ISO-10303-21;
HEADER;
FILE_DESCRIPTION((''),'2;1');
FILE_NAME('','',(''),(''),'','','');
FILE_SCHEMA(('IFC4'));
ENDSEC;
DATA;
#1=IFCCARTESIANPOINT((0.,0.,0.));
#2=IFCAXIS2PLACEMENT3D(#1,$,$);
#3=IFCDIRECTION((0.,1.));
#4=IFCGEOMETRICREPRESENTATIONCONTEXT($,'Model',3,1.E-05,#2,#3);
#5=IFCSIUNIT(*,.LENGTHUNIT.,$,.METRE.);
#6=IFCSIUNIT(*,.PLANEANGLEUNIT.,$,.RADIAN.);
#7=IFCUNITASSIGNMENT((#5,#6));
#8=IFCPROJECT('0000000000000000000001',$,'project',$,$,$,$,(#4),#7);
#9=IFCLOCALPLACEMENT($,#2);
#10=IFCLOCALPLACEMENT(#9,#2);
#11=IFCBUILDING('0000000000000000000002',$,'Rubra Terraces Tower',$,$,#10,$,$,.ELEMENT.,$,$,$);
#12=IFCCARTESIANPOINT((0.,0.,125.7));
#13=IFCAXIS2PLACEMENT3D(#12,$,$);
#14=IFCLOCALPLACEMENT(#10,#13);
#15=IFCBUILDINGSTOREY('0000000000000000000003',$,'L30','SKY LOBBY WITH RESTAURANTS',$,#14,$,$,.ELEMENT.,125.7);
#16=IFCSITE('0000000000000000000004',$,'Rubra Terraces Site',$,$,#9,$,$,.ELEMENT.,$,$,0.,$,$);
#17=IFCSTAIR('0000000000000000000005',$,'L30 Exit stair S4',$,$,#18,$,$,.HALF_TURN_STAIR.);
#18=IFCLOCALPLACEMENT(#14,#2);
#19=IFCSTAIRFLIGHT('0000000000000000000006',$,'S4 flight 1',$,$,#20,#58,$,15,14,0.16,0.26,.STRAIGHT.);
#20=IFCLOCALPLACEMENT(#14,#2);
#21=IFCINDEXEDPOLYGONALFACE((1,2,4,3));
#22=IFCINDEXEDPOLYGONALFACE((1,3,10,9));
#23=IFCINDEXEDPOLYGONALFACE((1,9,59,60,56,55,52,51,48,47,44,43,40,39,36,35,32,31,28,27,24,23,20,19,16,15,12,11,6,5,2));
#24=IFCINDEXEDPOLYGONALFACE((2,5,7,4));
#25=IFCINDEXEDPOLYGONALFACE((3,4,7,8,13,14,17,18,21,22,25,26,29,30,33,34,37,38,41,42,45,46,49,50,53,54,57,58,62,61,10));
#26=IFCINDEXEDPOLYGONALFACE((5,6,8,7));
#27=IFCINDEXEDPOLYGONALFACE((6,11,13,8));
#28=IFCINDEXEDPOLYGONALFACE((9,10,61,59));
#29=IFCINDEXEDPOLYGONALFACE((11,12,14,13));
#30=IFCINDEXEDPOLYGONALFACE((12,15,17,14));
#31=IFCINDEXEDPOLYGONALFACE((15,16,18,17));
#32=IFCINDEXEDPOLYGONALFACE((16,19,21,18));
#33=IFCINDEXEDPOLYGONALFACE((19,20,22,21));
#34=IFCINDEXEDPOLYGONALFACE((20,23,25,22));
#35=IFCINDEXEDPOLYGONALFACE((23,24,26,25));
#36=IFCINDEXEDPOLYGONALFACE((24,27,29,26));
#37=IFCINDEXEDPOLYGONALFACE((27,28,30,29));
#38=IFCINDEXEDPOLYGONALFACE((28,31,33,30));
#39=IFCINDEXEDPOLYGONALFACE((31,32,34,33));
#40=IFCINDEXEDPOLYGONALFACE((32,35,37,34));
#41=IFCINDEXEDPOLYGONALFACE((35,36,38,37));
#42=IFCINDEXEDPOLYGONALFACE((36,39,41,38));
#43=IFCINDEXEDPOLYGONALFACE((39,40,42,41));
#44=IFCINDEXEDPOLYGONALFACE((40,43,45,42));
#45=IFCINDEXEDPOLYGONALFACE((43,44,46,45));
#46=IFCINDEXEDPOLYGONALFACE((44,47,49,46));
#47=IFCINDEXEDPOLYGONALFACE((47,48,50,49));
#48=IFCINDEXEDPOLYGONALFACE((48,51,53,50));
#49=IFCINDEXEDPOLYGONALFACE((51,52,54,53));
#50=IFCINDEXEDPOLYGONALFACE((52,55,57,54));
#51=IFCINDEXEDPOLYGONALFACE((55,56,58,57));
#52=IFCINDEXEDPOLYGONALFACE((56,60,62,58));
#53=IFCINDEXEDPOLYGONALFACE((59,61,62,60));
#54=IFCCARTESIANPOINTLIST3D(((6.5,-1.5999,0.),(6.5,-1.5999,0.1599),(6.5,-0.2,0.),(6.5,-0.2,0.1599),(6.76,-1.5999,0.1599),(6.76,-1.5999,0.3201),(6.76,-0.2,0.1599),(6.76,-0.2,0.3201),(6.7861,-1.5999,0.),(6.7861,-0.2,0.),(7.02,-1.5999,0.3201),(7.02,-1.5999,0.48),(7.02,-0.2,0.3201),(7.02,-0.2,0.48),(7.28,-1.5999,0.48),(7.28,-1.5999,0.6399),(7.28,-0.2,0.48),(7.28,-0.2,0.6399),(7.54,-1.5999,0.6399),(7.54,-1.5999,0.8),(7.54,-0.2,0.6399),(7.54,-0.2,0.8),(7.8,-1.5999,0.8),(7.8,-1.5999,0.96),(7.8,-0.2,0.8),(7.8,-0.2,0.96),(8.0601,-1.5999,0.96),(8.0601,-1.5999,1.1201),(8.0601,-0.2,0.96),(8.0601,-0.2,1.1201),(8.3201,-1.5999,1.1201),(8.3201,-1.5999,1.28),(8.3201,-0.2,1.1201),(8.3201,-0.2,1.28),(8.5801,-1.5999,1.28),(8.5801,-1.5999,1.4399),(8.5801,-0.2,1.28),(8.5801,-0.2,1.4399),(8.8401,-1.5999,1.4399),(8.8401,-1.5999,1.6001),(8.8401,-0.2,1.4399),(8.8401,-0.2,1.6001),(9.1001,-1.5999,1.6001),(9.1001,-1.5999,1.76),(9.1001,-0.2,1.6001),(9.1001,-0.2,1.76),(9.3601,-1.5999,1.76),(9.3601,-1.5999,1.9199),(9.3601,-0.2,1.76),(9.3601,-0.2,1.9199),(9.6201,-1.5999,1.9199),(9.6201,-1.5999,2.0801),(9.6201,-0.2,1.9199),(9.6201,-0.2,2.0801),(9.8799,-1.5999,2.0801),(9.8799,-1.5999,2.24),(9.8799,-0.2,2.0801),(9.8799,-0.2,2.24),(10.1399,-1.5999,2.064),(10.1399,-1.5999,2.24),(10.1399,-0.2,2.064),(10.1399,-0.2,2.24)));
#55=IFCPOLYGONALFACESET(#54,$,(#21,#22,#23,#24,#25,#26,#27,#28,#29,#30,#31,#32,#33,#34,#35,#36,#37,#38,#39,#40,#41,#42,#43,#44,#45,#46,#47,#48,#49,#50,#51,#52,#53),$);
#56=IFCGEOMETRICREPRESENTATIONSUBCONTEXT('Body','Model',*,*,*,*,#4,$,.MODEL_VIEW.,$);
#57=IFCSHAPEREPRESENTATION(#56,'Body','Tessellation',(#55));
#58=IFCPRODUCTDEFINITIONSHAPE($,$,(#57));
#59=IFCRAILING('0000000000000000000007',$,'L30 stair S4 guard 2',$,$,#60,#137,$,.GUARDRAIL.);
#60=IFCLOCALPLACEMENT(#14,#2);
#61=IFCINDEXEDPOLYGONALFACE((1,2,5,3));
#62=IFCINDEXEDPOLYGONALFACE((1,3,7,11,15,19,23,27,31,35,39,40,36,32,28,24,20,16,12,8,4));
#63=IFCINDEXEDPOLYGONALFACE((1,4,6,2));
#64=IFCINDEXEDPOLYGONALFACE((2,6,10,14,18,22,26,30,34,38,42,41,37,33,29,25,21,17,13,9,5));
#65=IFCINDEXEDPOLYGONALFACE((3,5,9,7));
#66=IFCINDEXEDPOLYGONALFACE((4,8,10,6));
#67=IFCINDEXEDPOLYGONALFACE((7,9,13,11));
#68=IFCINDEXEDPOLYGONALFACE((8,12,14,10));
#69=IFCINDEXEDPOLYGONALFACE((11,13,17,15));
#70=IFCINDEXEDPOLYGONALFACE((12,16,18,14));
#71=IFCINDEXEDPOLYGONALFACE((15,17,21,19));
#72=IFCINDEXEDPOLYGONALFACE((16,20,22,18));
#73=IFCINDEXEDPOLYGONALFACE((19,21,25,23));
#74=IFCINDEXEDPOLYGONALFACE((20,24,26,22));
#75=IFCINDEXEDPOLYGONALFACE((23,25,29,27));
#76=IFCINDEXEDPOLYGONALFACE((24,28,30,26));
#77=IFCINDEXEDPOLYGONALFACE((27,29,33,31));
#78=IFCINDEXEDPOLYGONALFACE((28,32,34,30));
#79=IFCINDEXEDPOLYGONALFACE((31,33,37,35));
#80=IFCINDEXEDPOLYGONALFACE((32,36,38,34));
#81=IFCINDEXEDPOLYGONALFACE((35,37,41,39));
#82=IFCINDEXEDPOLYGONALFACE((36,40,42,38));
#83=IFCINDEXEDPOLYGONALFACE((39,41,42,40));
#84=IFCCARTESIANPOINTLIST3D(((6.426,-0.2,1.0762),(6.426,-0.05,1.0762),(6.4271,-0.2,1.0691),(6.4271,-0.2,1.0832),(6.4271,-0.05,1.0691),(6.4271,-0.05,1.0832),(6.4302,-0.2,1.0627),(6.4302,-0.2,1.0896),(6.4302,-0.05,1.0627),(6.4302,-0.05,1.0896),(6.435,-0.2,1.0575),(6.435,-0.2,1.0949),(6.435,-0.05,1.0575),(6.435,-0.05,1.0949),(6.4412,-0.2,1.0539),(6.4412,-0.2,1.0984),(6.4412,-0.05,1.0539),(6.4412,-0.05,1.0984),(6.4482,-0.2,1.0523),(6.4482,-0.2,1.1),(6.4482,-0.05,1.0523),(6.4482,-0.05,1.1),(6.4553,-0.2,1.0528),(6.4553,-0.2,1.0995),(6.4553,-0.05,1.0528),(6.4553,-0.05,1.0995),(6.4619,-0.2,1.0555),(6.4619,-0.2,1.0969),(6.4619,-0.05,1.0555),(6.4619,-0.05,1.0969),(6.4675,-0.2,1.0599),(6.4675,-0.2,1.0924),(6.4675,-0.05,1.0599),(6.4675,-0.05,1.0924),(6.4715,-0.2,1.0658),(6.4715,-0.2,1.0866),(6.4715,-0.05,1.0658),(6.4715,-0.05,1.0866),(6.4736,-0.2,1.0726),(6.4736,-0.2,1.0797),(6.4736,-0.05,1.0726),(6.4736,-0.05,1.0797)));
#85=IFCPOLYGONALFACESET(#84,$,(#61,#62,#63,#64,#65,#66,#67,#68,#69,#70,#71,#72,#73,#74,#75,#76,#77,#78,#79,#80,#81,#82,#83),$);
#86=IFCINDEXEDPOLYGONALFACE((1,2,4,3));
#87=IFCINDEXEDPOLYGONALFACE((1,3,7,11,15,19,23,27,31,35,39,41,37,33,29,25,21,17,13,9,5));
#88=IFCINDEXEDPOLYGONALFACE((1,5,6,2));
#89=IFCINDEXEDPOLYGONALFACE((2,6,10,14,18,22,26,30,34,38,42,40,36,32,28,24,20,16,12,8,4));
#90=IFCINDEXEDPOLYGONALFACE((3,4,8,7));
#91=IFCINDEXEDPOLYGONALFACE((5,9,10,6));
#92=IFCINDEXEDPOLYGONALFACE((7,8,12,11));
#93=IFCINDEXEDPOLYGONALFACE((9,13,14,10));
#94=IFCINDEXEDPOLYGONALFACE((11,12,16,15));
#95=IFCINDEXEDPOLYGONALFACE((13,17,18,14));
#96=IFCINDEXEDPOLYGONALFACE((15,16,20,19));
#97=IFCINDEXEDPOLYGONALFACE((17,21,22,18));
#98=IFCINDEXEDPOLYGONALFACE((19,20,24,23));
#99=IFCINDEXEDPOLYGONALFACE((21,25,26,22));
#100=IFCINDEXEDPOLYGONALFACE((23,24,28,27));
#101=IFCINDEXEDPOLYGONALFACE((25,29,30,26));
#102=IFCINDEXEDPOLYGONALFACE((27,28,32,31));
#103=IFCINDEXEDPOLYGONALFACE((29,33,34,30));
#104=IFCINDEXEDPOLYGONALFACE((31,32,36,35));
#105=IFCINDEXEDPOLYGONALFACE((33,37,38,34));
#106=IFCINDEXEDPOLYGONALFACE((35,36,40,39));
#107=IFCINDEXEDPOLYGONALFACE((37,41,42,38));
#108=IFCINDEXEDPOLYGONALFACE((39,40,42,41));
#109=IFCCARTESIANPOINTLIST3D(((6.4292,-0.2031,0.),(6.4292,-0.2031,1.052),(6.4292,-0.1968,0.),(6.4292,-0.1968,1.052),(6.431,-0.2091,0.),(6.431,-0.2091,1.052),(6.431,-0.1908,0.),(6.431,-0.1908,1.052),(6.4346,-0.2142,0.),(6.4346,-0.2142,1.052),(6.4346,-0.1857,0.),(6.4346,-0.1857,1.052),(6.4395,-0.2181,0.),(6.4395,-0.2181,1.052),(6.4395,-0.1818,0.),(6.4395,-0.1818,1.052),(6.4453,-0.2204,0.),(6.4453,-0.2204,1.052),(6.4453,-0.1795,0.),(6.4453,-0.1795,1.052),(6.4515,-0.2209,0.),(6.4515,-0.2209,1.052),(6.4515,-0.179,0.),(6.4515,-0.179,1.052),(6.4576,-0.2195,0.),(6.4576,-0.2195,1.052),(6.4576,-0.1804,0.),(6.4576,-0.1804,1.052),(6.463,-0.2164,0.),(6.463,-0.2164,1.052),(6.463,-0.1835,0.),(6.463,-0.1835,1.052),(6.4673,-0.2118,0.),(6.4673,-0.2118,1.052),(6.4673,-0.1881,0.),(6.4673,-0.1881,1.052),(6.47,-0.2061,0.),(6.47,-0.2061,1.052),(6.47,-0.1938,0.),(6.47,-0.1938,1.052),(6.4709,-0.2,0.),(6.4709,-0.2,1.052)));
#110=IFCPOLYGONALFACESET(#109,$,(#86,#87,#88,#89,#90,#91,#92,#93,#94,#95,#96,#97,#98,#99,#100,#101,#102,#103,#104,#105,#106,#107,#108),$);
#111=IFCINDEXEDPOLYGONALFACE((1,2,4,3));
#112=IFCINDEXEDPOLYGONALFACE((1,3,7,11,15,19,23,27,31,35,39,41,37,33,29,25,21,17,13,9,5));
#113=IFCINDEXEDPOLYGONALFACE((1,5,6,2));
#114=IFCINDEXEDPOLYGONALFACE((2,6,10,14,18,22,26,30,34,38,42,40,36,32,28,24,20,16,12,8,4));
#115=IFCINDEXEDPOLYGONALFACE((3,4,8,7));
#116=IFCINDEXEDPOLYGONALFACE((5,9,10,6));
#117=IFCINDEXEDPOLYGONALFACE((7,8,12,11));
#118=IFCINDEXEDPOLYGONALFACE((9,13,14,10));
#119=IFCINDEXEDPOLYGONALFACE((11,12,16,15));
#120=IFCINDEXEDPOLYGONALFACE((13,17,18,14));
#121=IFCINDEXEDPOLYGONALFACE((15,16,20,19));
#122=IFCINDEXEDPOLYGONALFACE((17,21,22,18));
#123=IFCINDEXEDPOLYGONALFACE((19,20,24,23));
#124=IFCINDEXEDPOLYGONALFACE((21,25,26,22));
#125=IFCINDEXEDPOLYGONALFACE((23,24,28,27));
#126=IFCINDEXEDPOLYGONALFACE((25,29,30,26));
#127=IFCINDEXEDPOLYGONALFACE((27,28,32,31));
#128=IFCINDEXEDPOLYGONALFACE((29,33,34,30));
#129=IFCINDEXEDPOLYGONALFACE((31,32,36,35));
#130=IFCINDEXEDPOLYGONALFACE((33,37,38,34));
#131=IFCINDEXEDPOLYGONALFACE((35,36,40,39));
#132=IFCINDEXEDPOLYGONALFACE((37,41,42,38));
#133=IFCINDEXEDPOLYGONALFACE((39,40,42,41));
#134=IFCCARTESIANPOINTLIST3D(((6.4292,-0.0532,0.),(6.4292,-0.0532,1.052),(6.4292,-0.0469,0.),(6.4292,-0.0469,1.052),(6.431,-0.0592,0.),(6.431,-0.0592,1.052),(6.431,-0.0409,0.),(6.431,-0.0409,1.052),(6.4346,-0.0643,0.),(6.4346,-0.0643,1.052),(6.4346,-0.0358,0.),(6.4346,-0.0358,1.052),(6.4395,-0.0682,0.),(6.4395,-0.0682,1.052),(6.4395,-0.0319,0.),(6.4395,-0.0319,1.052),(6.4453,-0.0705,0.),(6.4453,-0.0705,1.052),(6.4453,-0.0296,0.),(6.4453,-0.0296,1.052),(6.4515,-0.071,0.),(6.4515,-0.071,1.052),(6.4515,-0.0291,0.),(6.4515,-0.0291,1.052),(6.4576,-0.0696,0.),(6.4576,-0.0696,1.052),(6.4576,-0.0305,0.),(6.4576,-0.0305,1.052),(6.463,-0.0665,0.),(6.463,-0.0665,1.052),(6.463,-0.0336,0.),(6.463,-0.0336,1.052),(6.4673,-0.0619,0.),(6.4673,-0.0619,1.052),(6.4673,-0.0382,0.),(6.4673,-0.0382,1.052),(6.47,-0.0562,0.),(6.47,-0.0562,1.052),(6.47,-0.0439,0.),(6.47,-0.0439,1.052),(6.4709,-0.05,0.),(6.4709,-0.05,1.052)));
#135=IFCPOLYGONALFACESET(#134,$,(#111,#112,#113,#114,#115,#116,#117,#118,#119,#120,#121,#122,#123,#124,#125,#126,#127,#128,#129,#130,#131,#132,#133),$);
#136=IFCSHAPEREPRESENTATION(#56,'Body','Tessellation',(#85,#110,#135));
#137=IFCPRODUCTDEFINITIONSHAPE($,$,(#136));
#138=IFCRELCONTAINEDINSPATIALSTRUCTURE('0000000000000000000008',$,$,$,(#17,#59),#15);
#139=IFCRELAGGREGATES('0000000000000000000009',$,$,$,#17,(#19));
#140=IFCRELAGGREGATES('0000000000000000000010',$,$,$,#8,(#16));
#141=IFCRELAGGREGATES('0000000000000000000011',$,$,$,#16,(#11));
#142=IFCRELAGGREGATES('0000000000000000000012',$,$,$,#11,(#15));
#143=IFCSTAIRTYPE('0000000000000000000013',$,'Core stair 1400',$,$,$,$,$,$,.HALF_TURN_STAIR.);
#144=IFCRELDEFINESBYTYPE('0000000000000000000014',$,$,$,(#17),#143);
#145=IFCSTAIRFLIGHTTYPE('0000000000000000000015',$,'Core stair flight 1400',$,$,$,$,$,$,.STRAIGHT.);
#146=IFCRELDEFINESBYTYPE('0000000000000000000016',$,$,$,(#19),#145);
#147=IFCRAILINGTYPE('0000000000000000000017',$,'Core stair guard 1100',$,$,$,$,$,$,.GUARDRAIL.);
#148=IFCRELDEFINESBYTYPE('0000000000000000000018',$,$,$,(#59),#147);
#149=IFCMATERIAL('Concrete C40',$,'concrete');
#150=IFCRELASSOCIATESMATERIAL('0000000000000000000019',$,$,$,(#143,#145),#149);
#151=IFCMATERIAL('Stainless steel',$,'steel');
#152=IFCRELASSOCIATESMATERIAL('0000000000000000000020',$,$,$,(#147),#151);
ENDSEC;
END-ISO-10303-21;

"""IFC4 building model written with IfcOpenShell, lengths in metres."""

from ifc_helpers import new_model, si_unit, direction, frame, origin, origin_2d, place, context, subcontext, project, spatial, polyline, circle, outline, extrude, material, type_object, element, aggregate, save


model = new_model("IFC4")

# Units and contexts
model_context = context("Model", 3, precision=1e-05, world=origin(), true_north=direction((0.0, 1.0)))
body_context = subcontext(model_context, "Body", "Model", "MODEL_VIEW")
ifc_project = project(units=[si_unit("LENGTHUNIT", "METRE"), si_unit("PLANEANGLEUNIT", "RADIAN")], contexts=[model_context])

# Site, building, storey
site_placement = place(None, origin())
site = spatial("IfcSite", under=ifc_project, at=site_placement, Name="Rubra Terraces Site", CompositionType="ELEMENT", RefElevation=0.0)
building_placement = place(site_placement, origin())
building = spatial("IfcBuilding", under=site, at=building_placement, Name="Rubra Terraces Tower", CompositionType="ELEMENT")
storey_placement = place(building_placement, frame((0.0, 0.0, 125.7)))
storey = spatial("IfcBuildingStorey", under=building, at=storey_placement, Name="L30", Description="SKY LOBBY WITH RESTAURANTS", CompositionType="ELEMENT", Elevation=125.7)

# Shared definitions
ifc_material_1 = material(Name="Concrete C40", Category="concrete")

# Stair
stair_type = type_object("IfcStairType", Name="Core stair 1400", PredefinedType="HALF_TURN_STAIR", material=ifc_material_1)
stair_1_placement = place(storey_placement, origin())
stair_1 = element("IfcStair", 1, at=stair_1_placement, inside=storey, type_object=stair_type, Name="L30 Exit stair S4", PredefinedType="HALF_TURN_STAIR")

# Stair flight
stair_flight_type = type_object("IfcStairFlightType", Name="Core stair flight 1400", PredefinedType="STRAIGHT", material=ifc_material_1)
stair_flight_placement = place(storey_placement, frame((6.5, -0.8999, 0.0), z_axis=(0.0, 0.0, 1.0), x_axis=(1.0, 0.0, 0.0)))
stair_flight = element("IfcStairFlight", 2, at=stair_flight_placement, type_object=stair_flight_type, Name="S4 flight 1", NumberOfRisers=15, NumberOfTreads=14, PredefinedType="STRAIGHT", RiserHeight=0.16, TreadLength=0.26, context=body_context, shape_type="SweptSolid", body=[
    extrude(outline(polyline([(0.0, 0.0), (0.0, 0.1599), (0.26, 0.1599), (0.26, 0.3201), (0.52, 0.3201), (0.52, 0.48), (0.78, 0.48), (0.78, 0.6399), (1.04, 0.6399), (1.04, 0.8), (1.3, 0.8), (1.3, 0.96), (1.5601, 0.96), (1.5601, 1.1201), (1.8201, 1.1201), (1.8201, 1.28), (2.0801, 1.28), (2.0801, 1.4399), (2.3401, 1.4399), (2.3401, 1.6001), (2.6001, 1.6001), (2.6001, 1.76), (2.8601, 1.76), (2.8601, 1.9199), (3.1201, 1.9199), (3.1201, 2.0801), (3.3799, 2.0801), (3.3799, 2.24), (3.6399, 2.24), (3.6399, 2.3999), (3.6399, 2.064), (0.2861, 0.0), (0.0, 0.0)])), frame((0.0, 0.7, 0.0), z_axis=(0.0, -1.0, 0.0), x_axis=(1.0, 0.0, 0.0)), (0.0, 0.0, 1.0), 1.3999),
])
aggregate(stair_1, [stair_flight])

# Railing
ifc_material_2 = material(Name="Stainless steel", Category="steel")
railing_type_1 = type_object("IfcRailingType", Name="Core stair guard 1100", PredefinedType="GUARDRAIL", material=ifc_material_2)
railing_1_placement = place(storey_placement, frame((6.45, -0.2, 0.0)))
element("IfcRailing", 3, at=railing_1_placement, inside=storey, type_object=railing_type_1, Name="L30 stair S4 guard 2", PredefinedType="GUARDRAIL", context=body_context, shape_type="SweptSolid", body=[
    extrude(circle(Radius=0.0239, at=origin_2d()), frame((0.0, 0.0, 1.0762), z_axis=(0.0, 1.0, 0.0), x_axis=(-1.0, 0.0, 0.0)), (0.0, 0.0, 1.0), 0.1499),
    extrude(circle(Radius=0.021, at=origin_2d()), origin(), (0.0, 0.0, 1.0), 1.052),
    extrude(circle(Radius=0.021, at=origin_2d()), frame((0.0, 0.1499, 0.0)), (0.0, 0.0, 1.0), 1.052),
])

save(model, "model.ifc")
